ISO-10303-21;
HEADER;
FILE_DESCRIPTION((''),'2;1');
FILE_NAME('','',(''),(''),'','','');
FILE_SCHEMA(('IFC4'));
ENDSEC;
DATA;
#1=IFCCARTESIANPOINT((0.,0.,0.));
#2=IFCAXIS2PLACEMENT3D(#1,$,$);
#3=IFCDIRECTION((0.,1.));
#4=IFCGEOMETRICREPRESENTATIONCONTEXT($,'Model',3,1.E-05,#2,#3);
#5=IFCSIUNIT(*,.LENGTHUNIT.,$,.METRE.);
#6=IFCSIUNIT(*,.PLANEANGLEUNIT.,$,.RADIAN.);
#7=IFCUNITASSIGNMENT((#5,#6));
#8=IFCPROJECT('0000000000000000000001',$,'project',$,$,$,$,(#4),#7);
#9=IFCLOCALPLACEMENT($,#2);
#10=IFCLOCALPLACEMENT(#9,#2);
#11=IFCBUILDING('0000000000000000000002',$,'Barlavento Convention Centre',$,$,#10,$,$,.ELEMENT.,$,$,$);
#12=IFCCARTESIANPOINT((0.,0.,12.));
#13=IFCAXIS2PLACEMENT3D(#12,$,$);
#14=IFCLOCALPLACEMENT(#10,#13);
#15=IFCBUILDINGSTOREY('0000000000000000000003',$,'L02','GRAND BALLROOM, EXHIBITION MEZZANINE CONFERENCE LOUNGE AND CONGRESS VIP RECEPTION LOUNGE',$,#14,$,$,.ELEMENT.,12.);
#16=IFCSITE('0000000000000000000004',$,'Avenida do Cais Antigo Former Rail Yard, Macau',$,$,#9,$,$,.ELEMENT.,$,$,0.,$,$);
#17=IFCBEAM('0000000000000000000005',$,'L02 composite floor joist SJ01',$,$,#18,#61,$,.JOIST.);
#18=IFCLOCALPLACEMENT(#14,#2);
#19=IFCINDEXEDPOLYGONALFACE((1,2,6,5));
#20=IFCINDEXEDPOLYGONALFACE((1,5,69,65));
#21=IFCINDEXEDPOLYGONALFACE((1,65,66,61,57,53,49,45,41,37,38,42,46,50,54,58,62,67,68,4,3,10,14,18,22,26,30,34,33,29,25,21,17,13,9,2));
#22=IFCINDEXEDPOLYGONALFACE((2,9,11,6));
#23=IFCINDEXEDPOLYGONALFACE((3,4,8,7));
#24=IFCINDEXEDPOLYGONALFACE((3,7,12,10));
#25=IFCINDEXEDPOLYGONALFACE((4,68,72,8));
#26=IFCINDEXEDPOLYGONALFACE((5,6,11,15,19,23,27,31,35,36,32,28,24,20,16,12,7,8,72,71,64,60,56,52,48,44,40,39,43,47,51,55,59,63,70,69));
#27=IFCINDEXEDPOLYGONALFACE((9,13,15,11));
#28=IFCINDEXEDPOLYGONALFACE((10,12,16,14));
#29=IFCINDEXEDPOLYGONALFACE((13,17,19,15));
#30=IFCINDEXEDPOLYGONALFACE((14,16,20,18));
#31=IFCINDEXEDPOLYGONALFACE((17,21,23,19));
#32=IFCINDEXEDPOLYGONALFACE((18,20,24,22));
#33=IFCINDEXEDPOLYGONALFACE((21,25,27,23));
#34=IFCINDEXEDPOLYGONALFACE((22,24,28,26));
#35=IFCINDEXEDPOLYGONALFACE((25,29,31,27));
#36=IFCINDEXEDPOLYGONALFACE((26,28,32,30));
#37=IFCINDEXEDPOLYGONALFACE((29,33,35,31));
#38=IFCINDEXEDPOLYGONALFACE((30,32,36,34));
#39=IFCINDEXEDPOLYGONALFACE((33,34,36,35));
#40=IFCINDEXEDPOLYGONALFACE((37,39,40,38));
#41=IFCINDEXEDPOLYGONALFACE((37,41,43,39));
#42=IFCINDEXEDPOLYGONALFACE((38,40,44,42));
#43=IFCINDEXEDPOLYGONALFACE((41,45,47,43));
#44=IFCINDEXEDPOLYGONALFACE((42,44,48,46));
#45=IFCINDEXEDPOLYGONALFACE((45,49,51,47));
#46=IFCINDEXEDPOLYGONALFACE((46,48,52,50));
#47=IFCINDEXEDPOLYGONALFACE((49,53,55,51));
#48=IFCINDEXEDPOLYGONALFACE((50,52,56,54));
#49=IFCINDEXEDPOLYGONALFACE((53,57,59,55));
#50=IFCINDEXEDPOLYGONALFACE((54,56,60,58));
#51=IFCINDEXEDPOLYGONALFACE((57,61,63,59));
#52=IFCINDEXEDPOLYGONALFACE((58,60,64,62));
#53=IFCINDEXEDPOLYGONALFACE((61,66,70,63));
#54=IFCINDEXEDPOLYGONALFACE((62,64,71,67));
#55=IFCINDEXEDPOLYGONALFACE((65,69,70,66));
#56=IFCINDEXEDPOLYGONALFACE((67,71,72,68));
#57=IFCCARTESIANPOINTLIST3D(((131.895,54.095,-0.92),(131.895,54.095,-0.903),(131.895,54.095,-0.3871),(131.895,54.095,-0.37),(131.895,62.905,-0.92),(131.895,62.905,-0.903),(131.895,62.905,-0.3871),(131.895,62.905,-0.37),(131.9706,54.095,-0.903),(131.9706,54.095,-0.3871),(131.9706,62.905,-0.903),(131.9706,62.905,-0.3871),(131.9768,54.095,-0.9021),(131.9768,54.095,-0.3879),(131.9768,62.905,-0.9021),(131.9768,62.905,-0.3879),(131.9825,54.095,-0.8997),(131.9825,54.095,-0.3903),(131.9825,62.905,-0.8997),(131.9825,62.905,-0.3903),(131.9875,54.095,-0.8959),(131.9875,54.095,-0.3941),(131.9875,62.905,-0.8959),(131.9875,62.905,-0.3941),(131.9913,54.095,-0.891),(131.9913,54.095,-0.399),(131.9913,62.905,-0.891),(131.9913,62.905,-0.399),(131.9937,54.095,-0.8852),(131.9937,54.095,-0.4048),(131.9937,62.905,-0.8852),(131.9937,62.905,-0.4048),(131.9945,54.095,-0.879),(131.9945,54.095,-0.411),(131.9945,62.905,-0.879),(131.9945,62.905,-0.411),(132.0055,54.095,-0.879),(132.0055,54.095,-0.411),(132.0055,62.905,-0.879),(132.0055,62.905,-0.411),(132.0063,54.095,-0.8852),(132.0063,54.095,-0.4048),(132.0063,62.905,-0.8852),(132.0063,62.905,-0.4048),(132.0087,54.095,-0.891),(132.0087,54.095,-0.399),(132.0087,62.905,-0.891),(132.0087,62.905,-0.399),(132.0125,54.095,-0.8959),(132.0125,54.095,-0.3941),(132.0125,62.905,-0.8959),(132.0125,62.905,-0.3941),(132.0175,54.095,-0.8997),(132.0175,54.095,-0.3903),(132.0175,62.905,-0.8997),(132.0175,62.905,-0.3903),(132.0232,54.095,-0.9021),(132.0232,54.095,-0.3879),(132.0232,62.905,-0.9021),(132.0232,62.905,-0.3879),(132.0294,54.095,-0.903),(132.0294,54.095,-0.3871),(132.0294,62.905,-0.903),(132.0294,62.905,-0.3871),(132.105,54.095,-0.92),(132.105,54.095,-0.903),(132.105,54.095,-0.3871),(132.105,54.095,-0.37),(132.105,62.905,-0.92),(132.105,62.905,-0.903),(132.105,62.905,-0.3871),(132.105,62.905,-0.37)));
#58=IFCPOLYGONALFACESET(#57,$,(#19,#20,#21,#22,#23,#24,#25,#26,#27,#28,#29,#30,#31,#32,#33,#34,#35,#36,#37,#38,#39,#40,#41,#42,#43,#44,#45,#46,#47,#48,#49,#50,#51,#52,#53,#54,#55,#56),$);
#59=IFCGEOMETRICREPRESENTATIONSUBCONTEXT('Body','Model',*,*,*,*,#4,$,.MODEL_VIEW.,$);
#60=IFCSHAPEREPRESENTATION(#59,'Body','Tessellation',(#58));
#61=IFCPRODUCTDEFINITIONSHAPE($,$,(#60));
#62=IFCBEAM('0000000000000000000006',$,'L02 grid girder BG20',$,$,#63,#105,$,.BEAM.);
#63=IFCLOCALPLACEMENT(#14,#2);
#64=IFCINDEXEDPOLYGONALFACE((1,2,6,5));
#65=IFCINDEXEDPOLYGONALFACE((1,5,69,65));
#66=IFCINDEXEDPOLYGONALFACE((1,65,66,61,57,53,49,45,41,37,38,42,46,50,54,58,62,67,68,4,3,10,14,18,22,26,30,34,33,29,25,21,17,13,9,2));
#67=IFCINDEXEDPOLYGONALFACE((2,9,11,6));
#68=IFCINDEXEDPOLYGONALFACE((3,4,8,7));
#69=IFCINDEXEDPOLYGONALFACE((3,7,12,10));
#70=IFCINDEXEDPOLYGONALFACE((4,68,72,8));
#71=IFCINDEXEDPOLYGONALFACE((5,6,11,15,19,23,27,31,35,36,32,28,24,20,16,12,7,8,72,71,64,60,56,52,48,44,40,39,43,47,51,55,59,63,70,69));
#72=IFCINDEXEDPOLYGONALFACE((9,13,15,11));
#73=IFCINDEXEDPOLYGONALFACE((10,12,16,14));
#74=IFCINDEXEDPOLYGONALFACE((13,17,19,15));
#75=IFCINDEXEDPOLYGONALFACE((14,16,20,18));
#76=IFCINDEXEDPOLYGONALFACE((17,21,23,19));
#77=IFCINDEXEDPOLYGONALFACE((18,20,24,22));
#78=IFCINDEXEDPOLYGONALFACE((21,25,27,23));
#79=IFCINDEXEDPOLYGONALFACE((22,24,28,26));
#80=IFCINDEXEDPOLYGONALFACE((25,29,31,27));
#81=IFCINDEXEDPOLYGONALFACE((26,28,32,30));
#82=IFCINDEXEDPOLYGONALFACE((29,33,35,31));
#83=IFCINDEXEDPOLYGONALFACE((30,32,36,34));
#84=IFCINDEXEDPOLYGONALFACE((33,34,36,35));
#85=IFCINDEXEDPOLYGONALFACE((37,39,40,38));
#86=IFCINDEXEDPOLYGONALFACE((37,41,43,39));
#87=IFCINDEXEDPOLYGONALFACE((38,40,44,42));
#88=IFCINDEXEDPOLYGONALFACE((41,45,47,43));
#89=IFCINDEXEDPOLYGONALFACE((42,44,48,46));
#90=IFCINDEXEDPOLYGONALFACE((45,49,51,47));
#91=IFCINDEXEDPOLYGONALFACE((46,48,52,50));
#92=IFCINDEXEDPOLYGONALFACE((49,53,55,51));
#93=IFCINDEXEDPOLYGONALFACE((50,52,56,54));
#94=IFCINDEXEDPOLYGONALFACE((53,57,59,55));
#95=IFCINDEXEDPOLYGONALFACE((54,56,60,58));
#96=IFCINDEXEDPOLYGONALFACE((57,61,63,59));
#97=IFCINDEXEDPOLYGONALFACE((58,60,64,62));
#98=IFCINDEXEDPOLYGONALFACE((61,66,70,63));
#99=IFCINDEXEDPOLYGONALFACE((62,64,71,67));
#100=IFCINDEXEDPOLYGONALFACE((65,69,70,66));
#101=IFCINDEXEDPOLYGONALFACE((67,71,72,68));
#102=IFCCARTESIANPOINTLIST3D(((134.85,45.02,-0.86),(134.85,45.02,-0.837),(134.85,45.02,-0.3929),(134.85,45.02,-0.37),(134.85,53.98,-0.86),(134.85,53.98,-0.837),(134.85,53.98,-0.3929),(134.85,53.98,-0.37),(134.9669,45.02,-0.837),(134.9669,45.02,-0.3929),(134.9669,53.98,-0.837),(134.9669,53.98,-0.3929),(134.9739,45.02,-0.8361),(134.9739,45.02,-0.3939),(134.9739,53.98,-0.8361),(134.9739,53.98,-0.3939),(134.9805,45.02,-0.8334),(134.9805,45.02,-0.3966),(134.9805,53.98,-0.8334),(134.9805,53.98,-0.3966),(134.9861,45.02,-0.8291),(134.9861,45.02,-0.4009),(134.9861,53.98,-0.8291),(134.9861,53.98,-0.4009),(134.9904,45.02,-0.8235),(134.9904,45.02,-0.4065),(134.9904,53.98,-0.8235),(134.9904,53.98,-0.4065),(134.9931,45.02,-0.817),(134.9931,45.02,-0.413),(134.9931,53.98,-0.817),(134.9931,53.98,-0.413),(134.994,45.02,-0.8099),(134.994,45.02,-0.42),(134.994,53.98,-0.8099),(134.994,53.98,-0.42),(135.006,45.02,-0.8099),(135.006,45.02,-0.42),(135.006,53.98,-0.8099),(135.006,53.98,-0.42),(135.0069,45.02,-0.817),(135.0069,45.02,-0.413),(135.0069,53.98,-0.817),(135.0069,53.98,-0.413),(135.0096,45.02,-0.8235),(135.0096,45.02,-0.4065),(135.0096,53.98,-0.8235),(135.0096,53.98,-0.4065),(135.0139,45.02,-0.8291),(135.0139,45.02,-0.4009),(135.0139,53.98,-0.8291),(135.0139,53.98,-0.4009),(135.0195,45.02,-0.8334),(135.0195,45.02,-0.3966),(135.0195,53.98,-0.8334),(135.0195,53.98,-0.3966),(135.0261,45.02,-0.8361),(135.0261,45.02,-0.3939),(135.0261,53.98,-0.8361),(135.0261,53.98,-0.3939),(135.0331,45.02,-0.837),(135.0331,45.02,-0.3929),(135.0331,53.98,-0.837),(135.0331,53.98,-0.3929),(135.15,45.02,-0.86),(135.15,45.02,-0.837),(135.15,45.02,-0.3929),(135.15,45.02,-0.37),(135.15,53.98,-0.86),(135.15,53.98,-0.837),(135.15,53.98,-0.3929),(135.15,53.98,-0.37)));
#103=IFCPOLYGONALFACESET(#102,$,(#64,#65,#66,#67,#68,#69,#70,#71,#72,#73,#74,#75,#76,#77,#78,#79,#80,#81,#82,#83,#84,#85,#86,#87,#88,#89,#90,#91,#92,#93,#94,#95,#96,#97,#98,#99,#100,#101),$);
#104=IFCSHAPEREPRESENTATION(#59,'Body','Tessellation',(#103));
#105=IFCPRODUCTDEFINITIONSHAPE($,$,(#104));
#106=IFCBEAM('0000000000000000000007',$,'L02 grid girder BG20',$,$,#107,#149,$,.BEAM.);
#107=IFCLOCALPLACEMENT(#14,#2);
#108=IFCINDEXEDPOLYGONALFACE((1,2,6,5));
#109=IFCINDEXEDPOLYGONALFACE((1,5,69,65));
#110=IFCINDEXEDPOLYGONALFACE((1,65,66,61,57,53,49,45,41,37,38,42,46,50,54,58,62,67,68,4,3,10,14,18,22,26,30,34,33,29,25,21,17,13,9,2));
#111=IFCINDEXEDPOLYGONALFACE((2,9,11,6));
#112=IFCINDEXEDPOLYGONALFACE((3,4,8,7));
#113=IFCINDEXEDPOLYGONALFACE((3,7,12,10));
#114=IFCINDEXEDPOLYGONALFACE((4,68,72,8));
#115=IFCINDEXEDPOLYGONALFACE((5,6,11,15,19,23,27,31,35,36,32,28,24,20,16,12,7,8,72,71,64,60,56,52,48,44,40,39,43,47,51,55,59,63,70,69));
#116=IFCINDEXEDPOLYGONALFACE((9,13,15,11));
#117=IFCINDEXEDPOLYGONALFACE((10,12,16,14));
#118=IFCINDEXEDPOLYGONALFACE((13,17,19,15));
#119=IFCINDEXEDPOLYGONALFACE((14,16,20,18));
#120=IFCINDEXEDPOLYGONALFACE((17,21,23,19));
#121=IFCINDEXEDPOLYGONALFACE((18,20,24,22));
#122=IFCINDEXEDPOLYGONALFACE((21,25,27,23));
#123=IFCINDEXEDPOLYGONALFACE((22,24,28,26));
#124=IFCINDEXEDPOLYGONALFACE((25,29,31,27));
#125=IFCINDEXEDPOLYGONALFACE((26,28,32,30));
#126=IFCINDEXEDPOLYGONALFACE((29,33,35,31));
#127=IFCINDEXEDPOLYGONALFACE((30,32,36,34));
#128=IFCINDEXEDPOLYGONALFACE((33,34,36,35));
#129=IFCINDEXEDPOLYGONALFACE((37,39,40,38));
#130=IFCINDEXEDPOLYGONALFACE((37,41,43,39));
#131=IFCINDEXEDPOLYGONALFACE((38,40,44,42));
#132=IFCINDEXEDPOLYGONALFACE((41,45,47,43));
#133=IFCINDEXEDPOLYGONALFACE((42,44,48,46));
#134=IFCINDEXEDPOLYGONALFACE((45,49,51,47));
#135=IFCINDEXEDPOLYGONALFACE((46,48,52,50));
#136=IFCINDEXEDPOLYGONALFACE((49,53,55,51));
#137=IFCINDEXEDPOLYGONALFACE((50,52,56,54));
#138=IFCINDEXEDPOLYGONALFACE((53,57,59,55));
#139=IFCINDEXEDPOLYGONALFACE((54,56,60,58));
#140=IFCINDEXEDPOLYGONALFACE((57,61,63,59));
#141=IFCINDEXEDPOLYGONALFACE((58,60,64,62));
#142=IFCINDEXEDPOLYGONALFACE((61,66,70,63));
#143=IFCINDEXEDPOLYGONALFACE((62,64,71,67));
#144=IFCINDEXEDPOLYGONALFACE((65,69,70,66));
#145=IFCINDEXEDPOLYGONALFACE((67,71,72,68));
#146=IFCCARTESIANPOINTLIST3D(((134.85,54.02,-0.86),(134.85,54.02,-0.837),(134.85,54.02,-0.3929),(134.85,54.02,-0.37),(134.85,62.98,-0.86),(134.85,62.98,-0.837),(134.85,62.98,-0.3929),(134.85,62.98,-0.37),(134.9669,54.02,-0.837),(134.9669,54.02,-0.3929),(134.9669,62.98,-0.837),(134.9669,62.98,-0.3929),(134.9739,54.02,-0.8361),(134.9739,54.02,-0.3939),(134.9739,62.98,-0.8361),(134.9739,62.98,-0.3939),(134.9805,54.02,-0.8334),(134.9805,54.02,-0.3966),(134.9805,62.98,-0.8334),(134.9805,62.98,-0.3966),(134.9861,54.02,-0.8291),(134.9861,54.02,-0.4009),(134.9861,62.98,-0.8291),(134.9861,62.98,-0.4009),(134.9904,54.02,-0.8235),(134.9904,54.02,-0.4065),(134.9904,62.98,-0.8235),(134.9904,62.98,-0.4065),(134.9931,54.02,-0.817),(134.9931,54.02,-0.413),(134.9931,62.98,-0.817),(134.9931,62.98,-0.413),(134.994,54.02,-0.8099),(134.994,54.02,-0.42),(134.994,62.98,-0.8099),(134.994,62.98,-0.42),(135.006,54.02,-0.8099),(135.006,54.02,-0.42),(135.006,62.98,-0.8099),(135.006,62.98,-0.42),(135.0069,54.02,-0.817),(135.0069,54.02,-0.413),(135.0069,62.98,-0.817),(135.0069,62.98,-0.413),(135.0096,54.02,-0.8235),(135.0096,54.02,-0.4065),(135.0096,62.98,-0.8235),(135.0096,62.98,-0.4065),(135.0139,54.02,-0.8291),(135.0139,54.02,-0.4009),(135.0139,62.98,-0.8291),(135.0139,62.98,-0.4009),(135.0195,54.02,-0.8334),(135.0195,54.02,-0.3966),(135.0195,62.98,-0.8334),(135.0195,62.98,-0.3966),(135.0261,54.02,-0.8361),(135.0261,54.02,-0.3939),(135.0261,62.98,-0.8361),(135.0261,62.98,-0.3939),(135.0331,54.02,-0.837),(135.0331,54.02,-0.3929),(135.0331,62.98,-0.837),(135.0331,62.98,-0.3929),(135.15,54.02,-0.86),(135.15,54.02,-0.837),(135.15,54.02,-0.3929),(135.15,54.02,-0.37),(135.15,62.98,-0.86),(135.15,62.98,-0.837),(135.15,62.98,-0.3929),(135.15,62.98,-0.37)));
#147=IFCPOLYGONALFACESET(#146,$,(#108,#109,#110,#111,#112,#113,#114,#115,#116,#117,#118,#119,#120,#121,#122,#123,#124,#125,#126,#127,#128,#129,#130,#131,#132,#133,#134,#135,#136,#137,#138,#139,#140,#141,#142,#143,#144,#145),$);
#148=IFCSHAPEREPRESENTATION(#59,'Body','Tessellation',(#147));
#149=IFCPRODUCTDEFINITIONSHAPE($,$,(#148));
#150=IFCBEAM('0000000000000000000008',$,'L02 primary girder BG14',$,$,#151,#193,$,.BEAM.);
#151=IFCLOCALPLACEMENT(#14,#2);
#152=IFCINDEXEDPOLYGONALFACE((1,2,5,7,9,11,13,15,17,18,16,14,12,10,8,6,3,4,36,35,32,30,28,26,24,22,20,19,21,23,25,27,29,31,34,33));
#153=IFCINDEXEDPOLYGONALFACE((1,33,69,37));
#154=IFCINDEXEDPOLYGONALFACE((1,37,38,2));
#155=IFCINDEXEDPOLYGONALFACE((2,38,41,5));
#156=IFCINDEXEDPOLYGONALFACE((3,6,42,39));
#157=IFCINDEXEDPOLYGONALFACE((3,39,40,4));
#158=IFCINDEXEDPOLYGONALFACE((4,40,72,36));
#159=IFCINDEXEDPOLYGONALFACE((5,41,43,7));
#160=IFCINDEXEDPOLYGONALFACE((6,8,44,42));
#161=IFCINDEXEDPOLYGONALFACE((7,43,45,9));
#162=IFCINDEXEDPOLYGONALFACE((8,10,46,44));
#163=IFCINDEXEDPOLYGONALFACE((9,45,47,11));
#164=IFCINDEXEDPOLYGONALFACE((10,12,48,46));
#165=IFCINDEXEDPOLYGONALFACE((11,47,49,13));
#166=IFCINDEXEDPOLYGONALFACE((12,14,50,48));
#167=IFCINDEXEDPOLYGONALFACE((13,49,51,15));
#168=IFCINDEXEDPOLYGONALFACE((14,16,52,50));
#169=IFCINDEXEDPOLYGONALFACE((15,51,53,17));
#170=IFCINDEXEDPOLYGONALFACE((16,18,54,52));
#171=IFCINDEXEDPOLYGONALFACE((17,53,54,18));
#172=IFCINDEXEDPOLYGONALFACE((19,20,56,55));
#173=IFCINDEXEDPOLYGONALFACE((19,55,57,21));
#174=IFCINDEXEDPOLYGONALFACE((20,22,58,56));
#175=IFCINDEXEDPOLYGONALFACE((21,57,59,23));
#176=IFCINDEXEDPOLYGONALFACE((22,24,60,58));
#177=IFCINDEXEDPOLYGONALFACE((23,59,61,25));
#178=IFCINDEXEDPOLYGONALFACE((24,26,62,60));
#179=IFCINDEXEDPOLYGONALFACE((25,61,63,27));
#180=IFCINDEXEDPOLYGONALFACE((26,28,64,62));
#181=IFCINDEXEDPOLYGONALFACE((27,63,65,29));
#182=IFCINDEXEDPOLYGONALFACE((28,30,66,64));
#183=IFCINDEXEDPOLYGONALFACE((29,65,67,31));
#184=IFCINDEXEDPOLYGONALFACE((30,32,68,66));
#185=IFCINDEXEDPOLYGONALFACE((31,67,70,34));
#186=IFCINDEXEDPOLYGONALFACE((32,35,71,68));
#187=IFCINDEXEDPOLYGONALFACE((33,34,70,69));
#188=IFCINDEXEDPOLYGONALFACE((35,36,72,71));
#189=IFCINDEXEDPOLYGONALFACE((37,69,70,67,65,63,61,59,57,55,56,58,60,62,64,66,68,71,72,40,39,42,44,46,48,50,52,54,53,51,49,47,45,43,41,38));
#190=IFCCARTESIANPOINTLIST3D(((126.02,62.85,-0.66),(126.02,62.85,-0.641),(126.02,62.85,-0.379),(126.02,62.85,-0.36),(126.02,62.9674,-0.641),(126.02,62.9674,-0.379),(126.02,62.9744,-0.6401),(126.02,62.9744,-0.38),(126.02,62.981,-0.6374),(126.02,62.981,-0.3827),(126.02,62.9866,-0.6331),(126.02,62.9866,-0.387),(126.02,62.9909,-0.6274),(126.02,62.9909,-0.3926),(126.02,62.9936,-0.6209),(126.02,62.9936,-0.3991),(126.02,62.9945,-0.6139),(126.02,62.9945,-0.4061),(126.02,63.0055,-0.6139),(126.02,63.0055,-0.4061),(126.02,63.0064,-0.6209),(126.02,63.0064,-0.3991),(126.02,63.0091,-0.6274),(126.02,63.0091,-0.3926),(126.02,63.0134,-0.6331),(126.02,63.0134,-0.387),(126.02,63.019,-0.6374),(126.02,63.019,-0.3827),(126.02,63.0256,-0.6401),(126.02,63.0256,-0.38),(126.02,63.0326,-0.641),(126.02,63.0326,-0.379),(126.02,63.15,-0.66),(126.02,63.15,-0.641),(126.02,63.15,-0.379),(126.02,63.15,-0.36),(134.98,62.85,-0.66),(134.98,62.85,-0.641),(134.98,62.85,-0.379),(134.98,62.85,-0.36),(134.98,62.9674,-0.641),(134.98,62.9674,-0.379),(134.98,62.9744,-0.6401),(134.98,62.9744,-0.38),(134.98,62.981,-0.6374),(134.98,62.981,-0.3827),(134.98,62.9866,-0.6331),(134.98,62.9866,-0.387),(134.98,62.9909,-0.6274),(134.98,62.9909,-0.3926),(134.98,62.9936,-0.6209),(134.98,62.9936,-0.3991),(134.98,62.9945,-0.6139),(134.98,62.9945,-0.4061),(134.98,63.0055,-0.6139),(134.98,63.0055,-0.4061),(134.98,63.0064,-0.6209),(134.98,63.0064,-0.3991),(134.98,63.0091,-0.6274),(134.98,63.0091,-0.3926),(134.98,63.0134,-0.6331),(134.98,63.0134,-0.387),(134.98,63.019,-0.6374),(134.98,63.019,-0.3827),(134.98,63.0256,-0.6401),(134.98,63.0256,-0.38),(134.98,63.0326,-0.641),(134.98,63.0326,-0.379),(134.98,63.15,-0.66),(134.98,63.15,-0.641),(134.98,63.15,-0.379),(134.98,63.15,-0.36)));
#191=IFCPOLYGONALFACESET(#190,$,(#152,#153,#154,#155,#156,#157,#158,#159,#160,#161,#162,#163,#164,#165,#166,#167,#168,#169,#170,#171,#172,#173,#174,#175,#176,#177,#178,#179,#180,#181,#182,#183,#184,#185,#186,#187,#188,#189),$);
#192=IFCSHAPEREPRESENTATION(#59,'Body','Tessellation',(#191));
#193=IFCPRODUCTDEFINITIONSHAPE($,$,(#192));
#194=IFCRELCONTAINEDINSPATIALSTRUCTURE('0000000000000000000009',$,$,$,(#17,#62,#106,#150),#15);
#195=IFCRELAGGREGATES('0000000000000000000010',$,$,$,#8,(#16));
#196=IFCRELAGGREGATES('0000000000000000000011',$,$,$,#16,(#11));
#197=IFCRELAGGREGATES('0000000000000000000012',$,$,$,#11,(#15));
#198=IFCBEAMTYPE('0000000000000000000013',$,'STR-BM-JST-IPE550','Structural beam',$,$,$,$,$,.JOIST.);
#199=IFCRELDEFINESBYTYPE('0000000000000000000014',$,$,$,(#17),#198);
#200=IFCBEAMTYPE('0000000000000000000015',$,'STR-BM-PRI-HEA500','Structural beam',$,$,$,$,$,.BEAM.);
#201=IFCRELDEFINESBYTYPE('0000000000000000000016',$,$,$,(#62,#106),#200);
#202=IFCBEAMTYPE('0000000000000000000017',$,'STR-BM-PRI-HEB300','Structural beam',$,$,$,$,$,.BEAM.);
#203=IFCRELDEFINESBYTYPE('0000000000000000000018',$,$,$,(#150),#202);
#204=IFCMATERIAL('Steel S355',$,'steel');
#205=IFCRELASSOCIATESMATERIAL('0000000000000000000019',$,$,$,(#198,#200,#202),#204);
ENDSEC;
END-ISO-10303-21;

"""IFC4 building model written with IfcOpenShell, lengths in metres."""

from ifc_helpers import new_model, si_unit, direction, frame, origin, origin_2d, place, context, subcontext, project, spatial, i_section, extrude, material, material_profile, profile_set, type_object, element, save


model = new_model("IFC4")

# Units and contexts
model_context = context("Model", 3, precision=1e-05, world=origin(), true_north=direction((0.0, 1.0)))
body_context = subcontext(model_context, "Body", "Model", "MODEL_VIEW")
ifc_project = project(units=[si_unit("LENGTHUNIT", "METRE"), si_unit("PLANEANGLEUNIT", "RADIAN")], contexts=[model_context])

# Site, building, storey
site_placement = place(None, origin())
site = spatial("IfcSite", under=ifc_project, at=site_placement, Name="Avenida do Cais Antigo Former Rail Yard, Macau", CompositionType="ELEMENT", RefElevation=0.0)
building_placement = place(site_placement, origin())
building = spatial("IfcBuilding", under=site, at=building_placement, Name="Barlavento Convention Centre", CompositionType="ELEMENT")
storey_placement = place(building_placement, frame((0.0, 0.0, 12.0)))
storey = spatial("IfcBuildingStorey", under=building, at=storey_placement, Name="L02", Description="GRAND BALLROOM, EXHIBITION MEZZANINE CONFERENCE LOUNGE AND CONGRESS VIP RECEPTION LOUNGE", CompositionType="ELEMENT", Elevation=12.0)

# Shared definitions
ifc_material_1 = material(Name="Steel S355", Category="steel")

# Beams
ifc_material_profile_1 = material_profile(ifc_material_1, i_section(OverallWidth=0.21, OverallDepth=0.55, WebThickness=0.011, FlangeThickness=0.0171, FilletRadius=0.0239, at=origin_2d()), Name="IPE 550")
ifc_profile_set_1 = profile_set([ifc_material_profile_1], Name="Steel S355")
beam_type_1 = type_object("IfcBeamType", Name="STR-BM-JST-IPE550", Description="Structural beam", PredefinedType="JOIST", material=ifc_profile_set_1)
beam_1_placement = place(storey_placement, frame((132.0, 54.095, -0.645), z_axis=(0.0, 1.0, 0.0), x_axis=(-1.0, 0.0, 0.0)))
element("IfcBeam", 1, at=beam_1_placement, inside=storey, type_object=beam_type_1, Name="L02 composite floor joist SJ01", PredefinedType="JOIST", context=body_context, shape_type="SweptSolid", body=[
    extrude(i_section(OverallWidth=0.21, OverallDepth=0.55, WebThickness=0.011, FlangeThickness=0.0171, FilletRadius=0.0239, at=origin_2d()), origin(), (0.0, 0.0, 1.0), 8.8101),
])
ifc_material_profile_2 = material_profile(ifc_material_1, i_section(OverallWidth=0.3, OverallDepth=0.49, WebThickness=0.012, FlangeThickness=0.0229, FilletRadius=0.0271, at=origin_2d()), Name="HEA 500")
ifc_profile_set_2 = profile_set([ifc_material_profile_2], Name="Steel S355")
beam_type_2 = type_object("IfcBeamType", Name="STR-BM-PRI-HEA500", Description="Structural beam", PredefinedType="BEAM", material=ifc_profile_set_2)
for number, where, z_axis, x_axis, name in (
    (2, (135.0, 45.02, -0.615), (0.0, 1.0, 0.0), (-1.0, 0.0, 0.0), "L02 grid girder BG20"),
    (3, (135.0, 54.02, -0.615), (0.0, 1.0, 0.0), (-1.0, 0.0, 0.0), "L02 grid girder BG20"),
):
    element("IfcBeam", number, at=place(storey_placement, frame(where, z_axis=z_axis, x_axis=x_axis)), inside=storey, type_object=beam_type_2, Name=name, PredefinedType="BEAM", context=body_context, shape_type="SweptSolid", body=[
        extrude(i_section(OverallWidth=0.3, OverallDepth=0.49, WebThickness=0.012, FlangeThickness=0.0229, FilletRadius=0.0271, at=origin_2d()), origin(), (0.0, 0.0, 1.0), 8.96),
    ])
ifc_material_profile_3 = material_profile(ifc_material_1, i_section(OverallWidth=0.3, OverallDepth=0.3, WebThickness=0.011, FlangeThickness=0.019, FilletRadius=0.0271, at=origin_2d()), Name="HEB 300")
ifc_profile_set_3 = profile_set([ifc_material_profile_3], Name="Steel S355")
beam_type_3 = type_object("IfcBeamType", Name="STR-BM-PRI-HEB300", Description="Structural beam", PredefinedType="BEAM", material=ifc_profile_set_3)
beam_2_placement = place(storey_placement, frame((126.02, 63.0, -0.51), z_axis=(1.0, 0.0, 0.0), x_axis=(0.0, 1.0, 0.0)))
element("IfcBeam", 4, at=beam_2_placement, inside=storey, type_object=beam_type_3, Name="L02 primary girder BG14", PredefinedType="BEAM", context=body_context, shape_type="SweptSolid", body=[
    extrude(i_section(OverallWidth=0.3, OverallDepth=0.3, WebThickness=0.011, FlangeThickness=0.019, FilletRadius=0.0271, at=origin_2d()), origin(), (0.0, 0.0, 1.0), 8.96),
])

save(model, "model.ifc")
